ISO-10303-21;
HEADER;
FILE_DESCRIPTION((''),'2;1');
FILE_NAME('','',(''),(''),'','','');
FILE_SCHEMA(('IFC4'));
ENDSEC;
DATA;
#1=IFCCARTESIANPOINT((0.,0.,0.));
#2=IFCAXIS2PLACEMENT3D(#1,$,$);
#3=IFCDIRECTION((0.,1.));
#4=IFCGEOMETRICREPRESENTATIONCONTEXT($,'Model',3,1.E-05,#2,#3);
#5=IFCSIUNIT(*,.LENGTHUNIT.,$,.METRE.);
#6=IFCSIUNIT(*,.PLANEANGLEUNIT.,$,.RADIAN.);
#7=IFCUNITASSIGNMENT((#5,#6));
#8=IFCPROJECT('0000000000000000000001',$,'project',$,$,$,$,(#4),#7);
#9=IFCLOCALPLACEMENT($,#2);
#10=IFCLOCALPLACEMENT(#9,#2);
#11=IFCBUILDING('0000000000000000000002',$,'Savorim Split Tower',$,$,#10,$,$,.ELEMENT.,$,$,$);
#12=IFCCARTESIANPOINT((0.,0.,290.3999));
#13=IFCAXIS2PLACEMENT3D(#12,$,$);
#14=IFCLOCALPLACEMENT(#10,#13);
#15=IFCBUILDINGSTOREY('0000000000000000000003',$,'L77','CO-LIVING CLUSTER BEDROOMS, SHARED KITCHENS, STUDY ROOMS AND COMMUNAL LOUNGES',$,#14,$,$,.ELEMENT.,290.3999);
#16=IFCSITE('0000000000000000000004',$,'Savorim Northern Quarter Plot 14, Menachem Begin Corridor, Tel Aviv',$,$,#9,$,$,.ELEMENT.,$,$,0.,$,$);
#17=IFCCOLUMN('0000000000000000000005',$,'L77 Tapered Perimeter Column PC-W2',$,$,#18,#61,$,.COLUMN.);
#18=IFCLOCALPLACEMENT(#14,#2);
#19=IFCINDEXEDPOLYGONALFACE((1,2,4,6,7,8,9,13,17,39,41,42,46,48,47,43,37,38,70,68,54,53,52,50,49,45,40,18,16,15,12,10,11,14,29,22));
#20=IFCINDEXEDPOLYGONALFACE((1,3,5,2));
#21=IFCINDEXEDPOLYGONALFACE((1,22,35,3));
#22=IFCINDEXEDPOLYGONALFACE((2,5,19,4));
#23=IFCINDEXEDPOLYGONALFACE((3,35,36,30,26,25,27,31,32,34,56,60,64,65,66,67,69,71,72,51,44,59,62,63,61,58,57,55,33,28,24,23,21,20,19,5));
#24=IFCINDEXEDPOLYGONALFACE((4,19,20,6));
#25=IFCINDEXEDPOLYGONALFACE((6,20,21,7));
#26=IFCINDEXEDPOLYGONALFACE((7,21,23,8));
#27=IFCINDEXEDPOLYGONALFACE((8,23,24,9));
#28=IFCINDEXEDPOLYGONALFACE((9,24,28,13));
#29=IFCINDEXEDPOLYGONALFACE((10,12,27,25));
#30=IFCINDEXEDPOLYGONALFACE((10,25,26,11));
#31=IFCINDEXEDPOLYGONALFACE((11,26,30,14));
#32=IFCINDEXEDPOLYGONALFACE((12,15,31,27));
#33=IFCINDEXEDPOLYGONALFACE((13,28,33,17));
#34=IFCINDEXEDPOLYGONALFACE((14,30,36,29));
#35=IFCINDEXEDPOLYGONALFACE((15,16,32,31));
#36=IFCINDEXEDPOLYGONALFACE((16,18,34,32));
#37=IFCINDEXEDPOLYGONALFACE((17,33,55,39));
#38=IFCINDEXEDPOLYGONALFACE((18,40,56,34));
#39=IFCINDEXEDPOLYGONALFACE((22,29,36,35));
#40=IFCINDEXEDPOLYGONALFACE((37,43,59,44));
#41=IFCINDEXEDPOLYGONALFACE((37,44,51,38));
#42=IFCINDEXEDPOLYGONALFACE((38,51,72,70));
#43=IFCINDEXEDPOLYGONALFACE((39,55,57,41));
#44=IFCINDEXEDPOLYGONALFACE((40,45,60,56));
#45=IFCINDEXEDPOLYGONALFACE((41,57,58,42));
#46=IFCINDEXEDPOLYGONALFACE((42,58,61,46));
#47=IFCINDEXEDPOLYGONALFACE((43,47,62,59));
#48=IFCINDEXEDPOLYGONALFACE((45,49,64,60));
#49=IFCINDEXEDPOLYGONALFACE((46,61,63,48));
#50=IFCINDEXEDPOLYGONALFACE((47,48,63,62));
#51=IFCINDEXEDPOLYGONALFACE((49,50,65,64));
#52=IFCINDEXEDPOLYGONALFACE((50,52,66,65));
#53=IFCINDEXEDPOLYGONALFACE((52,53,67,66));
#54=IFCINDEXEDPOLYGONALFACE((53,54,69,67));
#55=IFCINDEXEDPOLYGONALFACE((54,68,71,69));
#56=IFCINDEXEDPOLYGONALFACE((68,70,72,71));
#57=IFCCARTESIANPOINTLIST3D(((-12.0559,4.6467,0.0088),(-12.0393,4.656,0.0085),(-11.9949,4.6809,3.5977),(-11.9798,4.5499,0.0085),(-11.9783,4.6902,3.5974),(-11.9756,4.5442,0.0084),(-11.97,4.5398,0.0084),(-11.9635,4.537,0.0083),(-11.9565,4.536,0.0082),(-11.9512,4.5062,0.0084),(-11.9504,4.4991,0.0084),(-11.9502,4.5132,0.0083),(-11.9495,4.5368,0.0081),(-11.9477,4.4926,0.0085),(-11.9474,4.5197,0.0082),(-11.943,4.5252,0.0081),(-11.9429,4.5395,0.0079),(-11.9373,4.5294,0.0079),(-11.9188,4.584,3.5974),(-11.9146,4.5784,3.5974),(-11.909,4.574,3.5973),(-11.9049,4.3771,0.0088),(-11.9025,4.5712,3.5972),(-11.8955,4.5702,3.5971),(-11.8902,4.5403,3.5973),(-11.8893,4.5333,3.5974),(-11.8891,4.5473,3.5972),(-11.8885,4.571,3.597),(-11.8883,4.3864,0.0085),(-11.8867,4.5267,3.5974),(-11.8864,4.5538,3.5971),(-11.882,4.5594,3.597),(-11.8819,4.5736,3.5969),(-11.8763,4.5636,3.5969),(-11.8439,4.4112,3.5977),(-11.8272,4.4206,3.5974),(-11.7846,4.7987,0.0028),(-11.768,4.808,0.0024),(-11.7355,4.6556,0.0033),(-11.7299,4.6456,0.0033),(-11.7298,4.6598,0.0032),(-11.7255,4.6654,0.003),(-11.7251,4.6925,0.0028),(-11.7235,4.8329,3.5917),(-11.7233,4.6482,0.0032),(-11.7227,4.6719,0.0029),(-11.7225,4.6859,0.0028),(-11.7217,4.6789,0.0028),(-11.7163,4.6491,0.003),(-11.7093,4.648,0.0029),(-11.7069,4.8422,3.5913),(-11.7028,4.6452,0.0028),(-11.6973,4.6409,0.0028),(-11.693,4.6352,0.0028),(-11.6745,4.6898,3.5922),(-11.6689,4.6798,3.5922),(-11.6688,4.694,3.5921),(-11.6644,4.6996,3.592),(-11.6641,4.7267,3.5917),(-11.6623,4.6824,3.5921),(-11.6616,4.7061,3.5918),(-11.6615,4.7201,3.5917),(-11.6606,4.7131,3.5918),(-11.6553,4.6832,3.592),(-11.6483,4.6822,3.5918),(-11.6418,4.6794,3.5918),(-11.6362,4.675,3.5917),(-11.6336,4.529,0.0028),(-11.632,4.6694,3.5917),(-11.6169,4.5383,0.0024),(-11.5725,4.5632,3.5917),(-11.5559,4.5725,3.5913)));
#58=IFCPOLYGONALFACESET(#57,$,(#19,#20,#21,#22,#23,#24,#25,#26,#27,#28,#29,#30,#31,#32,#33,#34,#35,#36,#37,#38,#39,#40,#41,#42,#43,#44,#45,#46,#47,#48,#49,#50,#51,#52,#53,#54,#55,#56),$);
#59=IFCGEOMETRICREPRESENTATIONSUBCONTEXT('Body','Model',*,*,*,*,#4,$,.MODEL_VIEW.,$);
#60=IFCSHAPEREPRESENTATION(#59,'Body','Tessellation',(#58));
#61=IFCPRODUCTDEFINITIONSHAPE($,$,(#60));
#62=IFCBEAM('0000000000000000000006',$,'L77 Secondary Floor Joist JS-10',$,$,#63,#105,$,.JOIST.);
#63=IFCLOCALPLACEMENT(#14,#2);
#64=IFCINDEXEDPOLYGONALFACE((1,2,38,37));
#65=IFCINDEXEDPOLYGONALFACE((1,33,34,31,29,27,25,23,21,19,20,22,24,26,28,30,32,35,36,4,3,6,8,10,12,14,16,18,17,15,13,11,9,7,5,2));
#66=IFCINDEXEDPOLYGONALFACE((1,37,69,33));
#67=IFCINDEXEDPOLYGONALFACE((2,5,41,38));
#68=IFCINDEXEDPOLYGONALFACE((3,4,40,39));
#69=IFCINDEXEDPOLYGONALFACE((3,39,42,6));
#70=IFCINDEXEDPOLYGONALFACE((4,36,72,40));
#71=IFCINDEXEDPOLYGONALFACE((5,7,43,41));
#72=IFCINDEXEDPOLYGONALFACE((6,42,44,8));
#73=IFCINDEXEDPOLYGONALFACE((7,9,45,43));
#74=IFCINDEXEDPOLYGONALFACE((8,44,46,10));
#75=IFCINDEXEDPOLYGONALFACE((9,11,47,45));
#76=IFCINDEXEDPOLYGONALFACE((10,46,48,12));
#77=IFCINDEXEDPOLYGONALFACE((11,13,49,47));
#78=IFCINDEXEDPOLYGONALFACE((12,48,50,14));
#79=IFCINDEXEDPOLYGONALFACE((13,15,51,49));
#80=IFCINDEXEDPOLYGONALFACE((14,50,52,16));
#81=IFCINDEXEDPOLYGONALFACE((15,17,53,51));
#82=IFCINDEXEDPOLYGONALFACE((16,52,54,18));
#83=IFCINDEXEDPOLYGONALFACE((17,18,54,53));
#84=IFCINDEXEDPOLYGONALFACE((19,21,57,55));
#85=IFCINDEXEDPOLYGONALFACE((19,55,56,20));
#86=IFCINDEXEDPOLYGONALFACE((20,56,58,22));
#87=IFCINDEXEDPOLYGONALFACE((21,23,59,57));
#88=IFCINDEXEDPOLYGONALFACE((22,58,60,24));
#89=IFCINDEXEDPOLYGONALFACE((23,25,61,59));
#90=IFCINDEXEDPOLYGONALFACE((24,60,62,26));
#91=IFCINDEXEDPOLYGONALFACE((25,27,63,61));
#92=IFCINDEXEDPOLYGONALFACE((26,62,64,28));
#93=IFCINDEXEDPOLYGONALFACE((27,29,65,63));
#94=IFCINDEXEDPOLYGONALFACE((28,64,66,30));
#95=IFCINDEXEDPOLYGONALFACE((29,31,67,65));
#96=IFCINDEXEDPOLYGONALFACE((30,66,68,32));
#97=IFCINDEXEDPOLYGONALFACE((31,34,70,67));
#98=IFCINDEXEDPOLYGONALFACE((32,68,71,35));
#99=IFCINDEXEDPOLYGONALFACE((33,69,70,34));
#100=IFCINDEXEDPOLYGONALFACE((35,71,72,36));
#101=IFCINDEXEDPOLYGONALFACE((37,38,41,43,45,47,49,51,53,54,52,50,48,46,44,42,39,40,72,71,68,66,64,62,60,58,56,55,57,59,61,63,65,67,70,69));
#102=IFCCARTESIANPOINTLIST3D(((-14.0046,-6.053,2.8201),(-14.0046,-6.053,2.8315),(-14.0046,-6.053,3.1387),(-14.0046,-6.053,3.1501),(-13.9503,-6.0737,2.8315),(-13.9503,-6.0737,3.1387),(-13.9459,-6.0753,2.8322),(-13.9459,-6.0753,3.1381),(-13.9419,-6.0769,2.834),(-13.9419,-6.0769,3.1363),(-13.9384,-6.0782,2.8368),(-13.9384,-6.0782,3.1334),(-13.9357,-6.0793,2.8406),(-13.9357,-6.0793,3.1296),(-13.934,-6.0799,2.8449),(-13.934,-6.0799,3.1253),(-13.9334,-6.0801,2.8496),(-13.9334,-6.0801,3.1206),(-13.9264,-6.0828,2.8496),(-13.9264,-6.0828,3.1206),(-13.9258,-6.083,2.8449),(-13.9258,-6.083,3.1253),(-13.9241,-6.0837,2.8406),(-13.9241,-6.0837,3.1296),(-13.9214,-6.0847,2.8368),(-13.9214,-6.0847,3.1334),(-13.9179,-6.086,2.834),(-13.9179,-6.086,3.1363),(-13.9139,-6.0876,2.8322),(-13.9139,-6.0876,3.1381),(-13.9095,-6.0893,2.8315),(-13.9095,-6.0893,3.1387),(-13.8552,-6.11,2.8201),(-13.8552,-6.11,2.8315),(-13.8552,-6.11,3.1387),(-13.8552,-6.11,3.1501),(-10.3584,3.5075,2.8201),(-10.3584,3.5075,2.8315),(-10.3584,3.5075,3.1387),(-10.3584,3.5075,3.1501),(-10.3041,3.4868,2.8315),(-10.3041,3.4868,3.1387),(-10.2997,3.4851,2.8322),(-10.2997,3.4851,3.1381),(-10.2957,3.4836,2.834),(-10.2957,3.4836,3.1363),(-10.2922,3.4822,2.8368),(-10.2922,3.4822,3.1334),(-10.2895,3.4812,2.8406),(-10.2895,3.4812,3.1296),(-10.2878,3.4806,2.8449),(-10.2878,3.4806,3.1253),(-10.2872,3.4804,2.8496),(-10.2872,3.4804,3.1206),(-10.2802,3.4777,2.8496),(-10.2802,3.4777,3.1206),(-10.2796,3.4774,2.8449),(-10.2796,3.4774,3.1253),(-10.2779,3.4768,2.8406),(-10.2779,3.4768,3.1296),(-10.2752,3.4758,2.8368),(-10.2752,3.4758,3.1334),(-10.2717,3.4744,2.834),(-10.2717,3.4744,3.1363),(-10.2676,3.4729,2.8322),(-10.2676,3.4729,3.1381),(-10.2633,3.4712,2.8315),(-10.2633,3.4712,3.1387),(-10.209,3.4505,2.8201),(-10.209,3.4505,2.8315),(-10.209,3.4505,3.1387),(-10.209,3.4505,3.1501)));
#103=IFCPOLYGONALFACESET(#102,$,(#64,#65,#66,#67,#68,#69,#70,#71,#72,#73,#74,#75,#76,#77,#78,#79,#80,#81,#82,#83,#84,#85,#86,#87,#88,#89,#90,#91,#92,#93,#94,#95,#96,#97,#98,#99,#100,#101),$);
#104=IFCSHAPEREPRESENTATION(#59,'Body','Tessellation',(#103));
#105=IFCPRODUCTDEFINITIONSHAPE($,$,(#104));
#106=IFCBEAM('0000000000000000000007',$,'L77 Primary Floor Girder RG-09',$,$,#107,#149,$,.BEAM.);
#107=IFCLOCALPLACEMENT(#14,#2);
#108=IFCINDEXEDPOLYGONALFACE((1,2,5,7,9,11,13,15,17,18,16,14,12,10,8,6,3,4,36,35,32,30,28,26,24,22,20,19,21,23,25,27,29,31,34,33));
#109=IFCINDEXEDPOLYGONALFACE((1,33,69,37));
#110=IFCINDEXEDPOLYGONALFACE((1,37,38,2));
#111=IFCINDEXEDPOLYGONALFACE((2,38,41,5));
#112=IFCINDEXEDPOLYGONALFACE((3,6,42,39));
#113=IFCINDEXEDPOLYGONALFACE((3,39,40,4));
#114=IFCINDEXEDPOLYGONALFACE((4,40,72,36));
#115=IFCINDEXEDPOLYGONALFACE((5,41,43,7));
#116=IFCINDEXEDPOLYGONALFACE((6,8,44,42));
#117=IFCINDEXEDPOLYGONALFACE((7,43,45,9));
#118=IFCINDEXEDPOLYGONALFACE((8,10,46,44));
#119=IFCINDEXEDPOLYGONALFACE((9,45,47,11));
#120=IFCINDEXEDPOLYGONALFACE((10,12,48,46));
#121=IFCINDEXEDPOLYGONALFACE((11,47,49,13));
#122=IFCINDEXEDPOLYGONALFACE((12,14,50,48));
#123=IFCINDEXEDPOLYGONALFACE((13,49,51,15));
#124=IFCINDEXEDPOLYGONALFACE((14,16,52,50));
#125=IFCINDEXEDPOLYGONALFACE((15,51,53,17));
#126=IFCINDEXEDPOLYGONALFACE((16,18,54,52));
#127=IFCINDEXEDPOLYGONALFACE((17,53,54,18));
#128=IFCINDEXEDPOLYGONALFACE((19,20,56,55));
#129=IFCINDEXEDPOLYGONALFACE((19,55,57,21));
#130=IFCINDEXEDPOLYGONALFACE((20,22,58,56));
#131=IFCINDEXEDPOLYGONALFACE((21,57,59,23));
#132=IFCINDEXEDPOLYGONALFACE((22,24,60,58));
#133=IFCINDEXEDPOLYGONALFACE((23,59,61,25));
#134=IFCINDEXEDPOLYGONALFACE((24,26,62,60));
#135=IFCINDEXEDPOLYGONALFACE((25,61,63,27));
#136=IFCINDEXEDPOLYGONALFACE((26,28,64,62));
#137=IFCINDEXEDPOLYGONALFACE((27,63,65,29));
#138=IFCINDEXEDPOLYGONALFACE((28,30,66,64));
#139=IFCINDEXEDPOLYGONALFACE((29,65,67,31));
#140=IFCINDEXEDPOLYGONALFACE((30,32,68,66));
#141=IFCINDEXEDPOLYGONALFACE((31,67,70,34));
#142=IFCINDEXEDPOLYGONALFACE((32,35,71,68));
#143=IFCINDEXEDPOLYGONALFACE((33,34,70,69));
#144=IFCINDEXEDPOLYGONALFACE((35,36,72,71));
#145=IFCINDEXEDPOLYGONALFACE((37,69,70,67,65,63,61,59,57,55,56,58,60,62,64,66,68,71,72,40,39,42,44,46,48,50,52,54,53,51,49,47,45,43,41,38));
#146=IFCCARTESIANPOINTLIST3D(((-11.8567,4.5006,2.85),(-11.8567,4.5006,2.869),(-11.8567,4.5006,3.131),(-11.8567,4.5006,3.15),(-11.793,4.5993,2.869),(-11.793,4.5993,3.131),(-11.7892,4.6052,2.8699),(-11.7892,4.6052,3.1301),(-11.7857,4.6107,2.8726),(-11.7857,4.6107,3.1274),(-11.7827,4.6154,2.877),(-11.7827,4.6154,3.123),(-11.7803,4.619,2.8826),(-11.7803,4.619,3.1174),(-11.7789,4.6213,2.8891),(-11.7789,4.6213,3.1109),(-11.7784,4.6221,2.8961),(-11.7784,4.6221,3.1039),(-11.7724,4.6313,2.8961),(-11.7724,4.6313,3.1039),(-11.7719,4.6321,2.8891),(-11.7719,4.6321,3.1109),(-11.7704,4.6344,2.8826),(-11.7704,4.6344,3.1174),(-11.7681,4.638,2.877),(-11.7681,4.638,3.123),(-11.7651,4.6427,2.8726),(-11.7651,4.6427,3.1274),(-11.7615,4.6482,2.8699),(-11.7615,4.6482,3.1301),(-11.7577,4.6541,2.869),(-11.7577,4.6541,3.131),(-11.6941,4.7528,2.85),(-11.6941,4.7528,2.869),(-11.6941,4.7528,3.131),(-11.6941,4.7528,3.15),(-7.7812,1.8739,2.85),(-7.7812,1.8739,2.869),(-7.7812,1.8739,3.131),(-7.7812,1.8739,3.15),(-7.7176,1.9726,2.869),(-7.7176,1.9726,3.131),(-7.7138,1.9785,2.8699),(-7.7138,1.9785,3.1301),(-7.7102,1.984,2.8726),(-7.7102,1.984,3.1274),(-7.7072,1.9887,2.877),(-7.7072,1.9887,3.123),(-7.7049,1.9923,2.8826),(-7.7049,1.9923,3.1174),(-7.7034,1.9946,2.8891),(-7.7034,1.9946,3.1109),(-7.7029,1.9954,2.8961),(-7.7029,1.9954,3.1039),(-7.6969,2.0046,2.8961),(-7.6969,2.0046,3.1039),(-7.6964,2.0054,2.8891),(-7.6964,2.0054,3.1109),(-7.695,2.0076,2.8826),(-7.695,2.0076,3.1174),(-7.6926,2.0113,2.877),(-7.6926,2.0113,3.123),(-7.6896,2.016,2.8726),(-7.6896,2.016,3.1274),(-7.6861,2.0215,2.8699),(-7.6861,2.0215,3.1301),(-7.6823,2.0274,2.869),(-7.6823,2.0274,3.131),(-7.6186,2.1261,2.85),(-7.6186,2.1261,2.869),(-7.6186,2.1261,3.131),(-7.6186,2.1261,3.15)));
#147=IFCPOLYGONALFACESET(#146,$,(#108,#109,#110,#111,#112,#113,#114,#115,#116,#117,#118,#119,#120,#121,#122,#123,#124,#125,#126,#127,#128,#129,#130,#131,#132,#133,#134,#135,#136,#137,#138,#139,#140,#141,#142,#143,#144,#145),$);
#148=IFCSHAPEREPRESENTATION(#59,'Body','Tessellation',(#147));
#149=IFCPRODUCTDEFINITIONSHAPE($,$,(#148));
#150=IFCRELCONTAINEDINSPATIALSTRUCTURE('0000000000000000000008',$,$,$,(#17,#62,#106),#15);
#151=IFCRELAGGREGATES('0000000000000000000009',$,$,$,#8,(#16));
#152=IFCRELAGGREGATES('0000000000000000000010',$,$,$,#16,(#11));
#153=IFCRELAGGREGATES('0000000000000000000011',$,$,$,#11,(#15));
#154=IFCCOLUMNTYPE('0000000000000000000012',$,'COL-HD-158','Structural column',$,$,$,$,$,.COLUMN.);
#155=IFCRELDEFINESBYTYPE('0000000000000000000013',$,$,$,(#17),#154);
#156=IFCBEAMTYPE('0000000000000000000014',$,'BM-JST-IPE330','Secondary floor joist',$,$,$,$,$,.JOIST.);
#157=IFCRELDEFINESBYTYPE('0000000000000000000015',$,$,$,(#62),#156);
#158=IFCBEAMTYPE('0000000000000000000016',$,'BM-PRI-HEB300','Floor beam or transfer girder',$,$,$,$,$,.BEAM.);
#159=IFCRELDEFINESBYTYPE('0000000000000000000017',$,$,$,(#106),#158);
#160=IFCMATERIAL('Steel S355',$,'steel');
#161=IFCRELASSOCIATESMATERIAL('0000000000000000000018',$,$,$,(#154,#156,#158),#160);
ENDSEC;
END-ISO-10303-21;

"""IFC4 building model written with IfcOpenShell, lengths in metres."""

from ifc_helpers import new_model, si_unit, direction, frame, origin, origin_2d, place, context, subcontext, project, spatial, i_section, extrude, material, material_profile, profile_set, type_object, element, save


model = new_model("IFC4")

# Units and contexts
model_context = context("Model", 3, precision=1e-05, world=origin(), true_north=direction((0.0, 1.0)))
body_context = subcontext(model_context, "Body", "Model", "MODEL_VIEW")
ifc_project = project(units=[si_unit("LENGTHUNIT", "METRE"), si_unit("PLANEANGLEUNIT", "RADIAN")], contexts=[model_context])

# Site, building, storey
site_placement = place(None, origin())
site = spatial("IfcSite", under=ifc_project, at=site_placement, Name="Savorim Northern Quarter Plot 14, Menachem Begin Corridor, Tel Aviv", CompositionType="ELEMENT", RefElevation=0.0)
building_placement = place(site_placement, origin())
building = spatial("IfcBuilding", under=site, at=building_placement, Name="Savorim Split Tower", CompositionType="ELEMENT")
storey_placement = place(building_placement, frame((0.0, 0.0, 290.3999)))
storey = spatial("IfcBuildingStorey", under=building, at=storey_placement, Name="L77", Description="CO-LIVING CLUSTER BEDROOMS, SHARED KITCHENS, STUDY ROOMS AND COMMUNAL LOUNGES", CompositionType="ELEMENT", Elevation=290.3999)

# Column
ifc_material_1 = material(Name="Steel S355", Category="steel")
ifc_material_profile_1 = material_profile(ifc_material_1, i_section(OverallWidth=0.3091, OverallDepth=0.3301, WebThickness=0.0115, FlangeThickness=0.019, FilletRadius=0.0271, at=origin_2d()), Name="HD 320x158")
ifc_profile_set_1 = profile_set([ifc_material_profile_1], Name="Steel S355")
column_type = type_object("IfcColumnType", Name="COL-HD-158", Description="Structural column", PredefinedType="COLUMN", material=ifc_profile_set_1)
column_placement = place(storey_placement, frame((-11.8364, 4.5925, 0.0056), z_axis=(0.017004, 0.009522, 0.99981), x_axis=(-0.488603, 0.872506, 0.0)))
element("IfcColumn", 1, at=column_placement, inside=storey, type_object=column_type, Name="L77 Tapered Perimeter Column PC-W2", PredefinedType="COLUMN", context=body_context, shape_type="SweptSolid", body=[
    extrude(i_section(OverallWidth=0.3091, OverallDepth=0.3301, WebThickness=0.0115, FlangeThickness=0.019, FilletRadius=0.0271, at=origin_2d()), origin(), (0.0, 0.0, 1.0), 3.5896),
])

# Beams
ifc_material_profile_2 = material_profile(ifc_material_1, i_section(OverallWidth=0.1599, OverallDepth=0.3301, WebThickness=0.0076, FlangeThickness=0.0115, FilletRadius=0.0181, at=origin_2d()), Name="IPE 330")
ifc_profile_set_2 = profile_set([ifc_material_profile_2], Name="Steel S355")
beam_type_1 = type_object("IfcBeamType", Name="BM-JST-IPE330", Description="Secondary floor joist", PredefinedType="JOIST", material=ifc_profile_set_2)
beam_1_placement = place(storey_placement, frame((-10.2837, 3.479, 2.9851), z_axis=(-0.356348, -0.934353, 0.0), x_axis=(0.934353, -0.356348, 0.0)))
element("IfcBeam", 2, at=beam_1_placement, inside=storey, type_object=beam_type_1, Name="L77 Secondary Floor Joist JS-10", PredefinedType="JOIST", context=body_context, shape_type="SweptSolid", body=[
    extrude(i_section(OverallWidth=0.1599, OverallDepth=0.3301, WebThickness=0.0076, FlangeThickness=0.0115, FilletRadius=0.0181, at=origin_2d()), origin(), (0.0, 0.0, 1.0), 10.2322),
])
ifc_material_profile_3 = material_profile(ifc_material_1, i_section(OverallWidth=0.3, OverallDepth=0.3, WebThickness=0.011, FlangeThickness=0.019, FilletRadius=0.0271, at=origin_2d()), Name="HEB 300")
ifc_profile_set_3 = profile_set([ifc_material_profile_3], Name="Steel S355")
beam_type_2 = type_object("IfcBeamType", Name="BM-PRI-HEB300", Description="Floor beam or transfer girder", PredefinedType="BEAM", material=ifc_profile_set_3)
beam_2_placement = place(storey_placement, frame((-11.7754, 4.6267, 3.0), z_axis=(0.840541, -0.541747, 0.0), x_axis=(0.541747, 0.840541, 0.0)))
element("IfcBeam", 3, at=beam_2_placement, inside=storey, type_object=beam_type_2, Name="L77 Primary Floor Girder RG-09", PredefinedType="BEAM", context=body_context, shape_type="SweptSolid", body=[
    extrude(i_section(OverallWidth=0.3, OverallDepth=0.3, WebThickness=0.011, FlangeThickness=0.019, FilletRadius=0.0271, at=origin_2d()), origin(), (0.0, 0.0, 1.0), 4.8486),
])

save(model, "model.ifc")
